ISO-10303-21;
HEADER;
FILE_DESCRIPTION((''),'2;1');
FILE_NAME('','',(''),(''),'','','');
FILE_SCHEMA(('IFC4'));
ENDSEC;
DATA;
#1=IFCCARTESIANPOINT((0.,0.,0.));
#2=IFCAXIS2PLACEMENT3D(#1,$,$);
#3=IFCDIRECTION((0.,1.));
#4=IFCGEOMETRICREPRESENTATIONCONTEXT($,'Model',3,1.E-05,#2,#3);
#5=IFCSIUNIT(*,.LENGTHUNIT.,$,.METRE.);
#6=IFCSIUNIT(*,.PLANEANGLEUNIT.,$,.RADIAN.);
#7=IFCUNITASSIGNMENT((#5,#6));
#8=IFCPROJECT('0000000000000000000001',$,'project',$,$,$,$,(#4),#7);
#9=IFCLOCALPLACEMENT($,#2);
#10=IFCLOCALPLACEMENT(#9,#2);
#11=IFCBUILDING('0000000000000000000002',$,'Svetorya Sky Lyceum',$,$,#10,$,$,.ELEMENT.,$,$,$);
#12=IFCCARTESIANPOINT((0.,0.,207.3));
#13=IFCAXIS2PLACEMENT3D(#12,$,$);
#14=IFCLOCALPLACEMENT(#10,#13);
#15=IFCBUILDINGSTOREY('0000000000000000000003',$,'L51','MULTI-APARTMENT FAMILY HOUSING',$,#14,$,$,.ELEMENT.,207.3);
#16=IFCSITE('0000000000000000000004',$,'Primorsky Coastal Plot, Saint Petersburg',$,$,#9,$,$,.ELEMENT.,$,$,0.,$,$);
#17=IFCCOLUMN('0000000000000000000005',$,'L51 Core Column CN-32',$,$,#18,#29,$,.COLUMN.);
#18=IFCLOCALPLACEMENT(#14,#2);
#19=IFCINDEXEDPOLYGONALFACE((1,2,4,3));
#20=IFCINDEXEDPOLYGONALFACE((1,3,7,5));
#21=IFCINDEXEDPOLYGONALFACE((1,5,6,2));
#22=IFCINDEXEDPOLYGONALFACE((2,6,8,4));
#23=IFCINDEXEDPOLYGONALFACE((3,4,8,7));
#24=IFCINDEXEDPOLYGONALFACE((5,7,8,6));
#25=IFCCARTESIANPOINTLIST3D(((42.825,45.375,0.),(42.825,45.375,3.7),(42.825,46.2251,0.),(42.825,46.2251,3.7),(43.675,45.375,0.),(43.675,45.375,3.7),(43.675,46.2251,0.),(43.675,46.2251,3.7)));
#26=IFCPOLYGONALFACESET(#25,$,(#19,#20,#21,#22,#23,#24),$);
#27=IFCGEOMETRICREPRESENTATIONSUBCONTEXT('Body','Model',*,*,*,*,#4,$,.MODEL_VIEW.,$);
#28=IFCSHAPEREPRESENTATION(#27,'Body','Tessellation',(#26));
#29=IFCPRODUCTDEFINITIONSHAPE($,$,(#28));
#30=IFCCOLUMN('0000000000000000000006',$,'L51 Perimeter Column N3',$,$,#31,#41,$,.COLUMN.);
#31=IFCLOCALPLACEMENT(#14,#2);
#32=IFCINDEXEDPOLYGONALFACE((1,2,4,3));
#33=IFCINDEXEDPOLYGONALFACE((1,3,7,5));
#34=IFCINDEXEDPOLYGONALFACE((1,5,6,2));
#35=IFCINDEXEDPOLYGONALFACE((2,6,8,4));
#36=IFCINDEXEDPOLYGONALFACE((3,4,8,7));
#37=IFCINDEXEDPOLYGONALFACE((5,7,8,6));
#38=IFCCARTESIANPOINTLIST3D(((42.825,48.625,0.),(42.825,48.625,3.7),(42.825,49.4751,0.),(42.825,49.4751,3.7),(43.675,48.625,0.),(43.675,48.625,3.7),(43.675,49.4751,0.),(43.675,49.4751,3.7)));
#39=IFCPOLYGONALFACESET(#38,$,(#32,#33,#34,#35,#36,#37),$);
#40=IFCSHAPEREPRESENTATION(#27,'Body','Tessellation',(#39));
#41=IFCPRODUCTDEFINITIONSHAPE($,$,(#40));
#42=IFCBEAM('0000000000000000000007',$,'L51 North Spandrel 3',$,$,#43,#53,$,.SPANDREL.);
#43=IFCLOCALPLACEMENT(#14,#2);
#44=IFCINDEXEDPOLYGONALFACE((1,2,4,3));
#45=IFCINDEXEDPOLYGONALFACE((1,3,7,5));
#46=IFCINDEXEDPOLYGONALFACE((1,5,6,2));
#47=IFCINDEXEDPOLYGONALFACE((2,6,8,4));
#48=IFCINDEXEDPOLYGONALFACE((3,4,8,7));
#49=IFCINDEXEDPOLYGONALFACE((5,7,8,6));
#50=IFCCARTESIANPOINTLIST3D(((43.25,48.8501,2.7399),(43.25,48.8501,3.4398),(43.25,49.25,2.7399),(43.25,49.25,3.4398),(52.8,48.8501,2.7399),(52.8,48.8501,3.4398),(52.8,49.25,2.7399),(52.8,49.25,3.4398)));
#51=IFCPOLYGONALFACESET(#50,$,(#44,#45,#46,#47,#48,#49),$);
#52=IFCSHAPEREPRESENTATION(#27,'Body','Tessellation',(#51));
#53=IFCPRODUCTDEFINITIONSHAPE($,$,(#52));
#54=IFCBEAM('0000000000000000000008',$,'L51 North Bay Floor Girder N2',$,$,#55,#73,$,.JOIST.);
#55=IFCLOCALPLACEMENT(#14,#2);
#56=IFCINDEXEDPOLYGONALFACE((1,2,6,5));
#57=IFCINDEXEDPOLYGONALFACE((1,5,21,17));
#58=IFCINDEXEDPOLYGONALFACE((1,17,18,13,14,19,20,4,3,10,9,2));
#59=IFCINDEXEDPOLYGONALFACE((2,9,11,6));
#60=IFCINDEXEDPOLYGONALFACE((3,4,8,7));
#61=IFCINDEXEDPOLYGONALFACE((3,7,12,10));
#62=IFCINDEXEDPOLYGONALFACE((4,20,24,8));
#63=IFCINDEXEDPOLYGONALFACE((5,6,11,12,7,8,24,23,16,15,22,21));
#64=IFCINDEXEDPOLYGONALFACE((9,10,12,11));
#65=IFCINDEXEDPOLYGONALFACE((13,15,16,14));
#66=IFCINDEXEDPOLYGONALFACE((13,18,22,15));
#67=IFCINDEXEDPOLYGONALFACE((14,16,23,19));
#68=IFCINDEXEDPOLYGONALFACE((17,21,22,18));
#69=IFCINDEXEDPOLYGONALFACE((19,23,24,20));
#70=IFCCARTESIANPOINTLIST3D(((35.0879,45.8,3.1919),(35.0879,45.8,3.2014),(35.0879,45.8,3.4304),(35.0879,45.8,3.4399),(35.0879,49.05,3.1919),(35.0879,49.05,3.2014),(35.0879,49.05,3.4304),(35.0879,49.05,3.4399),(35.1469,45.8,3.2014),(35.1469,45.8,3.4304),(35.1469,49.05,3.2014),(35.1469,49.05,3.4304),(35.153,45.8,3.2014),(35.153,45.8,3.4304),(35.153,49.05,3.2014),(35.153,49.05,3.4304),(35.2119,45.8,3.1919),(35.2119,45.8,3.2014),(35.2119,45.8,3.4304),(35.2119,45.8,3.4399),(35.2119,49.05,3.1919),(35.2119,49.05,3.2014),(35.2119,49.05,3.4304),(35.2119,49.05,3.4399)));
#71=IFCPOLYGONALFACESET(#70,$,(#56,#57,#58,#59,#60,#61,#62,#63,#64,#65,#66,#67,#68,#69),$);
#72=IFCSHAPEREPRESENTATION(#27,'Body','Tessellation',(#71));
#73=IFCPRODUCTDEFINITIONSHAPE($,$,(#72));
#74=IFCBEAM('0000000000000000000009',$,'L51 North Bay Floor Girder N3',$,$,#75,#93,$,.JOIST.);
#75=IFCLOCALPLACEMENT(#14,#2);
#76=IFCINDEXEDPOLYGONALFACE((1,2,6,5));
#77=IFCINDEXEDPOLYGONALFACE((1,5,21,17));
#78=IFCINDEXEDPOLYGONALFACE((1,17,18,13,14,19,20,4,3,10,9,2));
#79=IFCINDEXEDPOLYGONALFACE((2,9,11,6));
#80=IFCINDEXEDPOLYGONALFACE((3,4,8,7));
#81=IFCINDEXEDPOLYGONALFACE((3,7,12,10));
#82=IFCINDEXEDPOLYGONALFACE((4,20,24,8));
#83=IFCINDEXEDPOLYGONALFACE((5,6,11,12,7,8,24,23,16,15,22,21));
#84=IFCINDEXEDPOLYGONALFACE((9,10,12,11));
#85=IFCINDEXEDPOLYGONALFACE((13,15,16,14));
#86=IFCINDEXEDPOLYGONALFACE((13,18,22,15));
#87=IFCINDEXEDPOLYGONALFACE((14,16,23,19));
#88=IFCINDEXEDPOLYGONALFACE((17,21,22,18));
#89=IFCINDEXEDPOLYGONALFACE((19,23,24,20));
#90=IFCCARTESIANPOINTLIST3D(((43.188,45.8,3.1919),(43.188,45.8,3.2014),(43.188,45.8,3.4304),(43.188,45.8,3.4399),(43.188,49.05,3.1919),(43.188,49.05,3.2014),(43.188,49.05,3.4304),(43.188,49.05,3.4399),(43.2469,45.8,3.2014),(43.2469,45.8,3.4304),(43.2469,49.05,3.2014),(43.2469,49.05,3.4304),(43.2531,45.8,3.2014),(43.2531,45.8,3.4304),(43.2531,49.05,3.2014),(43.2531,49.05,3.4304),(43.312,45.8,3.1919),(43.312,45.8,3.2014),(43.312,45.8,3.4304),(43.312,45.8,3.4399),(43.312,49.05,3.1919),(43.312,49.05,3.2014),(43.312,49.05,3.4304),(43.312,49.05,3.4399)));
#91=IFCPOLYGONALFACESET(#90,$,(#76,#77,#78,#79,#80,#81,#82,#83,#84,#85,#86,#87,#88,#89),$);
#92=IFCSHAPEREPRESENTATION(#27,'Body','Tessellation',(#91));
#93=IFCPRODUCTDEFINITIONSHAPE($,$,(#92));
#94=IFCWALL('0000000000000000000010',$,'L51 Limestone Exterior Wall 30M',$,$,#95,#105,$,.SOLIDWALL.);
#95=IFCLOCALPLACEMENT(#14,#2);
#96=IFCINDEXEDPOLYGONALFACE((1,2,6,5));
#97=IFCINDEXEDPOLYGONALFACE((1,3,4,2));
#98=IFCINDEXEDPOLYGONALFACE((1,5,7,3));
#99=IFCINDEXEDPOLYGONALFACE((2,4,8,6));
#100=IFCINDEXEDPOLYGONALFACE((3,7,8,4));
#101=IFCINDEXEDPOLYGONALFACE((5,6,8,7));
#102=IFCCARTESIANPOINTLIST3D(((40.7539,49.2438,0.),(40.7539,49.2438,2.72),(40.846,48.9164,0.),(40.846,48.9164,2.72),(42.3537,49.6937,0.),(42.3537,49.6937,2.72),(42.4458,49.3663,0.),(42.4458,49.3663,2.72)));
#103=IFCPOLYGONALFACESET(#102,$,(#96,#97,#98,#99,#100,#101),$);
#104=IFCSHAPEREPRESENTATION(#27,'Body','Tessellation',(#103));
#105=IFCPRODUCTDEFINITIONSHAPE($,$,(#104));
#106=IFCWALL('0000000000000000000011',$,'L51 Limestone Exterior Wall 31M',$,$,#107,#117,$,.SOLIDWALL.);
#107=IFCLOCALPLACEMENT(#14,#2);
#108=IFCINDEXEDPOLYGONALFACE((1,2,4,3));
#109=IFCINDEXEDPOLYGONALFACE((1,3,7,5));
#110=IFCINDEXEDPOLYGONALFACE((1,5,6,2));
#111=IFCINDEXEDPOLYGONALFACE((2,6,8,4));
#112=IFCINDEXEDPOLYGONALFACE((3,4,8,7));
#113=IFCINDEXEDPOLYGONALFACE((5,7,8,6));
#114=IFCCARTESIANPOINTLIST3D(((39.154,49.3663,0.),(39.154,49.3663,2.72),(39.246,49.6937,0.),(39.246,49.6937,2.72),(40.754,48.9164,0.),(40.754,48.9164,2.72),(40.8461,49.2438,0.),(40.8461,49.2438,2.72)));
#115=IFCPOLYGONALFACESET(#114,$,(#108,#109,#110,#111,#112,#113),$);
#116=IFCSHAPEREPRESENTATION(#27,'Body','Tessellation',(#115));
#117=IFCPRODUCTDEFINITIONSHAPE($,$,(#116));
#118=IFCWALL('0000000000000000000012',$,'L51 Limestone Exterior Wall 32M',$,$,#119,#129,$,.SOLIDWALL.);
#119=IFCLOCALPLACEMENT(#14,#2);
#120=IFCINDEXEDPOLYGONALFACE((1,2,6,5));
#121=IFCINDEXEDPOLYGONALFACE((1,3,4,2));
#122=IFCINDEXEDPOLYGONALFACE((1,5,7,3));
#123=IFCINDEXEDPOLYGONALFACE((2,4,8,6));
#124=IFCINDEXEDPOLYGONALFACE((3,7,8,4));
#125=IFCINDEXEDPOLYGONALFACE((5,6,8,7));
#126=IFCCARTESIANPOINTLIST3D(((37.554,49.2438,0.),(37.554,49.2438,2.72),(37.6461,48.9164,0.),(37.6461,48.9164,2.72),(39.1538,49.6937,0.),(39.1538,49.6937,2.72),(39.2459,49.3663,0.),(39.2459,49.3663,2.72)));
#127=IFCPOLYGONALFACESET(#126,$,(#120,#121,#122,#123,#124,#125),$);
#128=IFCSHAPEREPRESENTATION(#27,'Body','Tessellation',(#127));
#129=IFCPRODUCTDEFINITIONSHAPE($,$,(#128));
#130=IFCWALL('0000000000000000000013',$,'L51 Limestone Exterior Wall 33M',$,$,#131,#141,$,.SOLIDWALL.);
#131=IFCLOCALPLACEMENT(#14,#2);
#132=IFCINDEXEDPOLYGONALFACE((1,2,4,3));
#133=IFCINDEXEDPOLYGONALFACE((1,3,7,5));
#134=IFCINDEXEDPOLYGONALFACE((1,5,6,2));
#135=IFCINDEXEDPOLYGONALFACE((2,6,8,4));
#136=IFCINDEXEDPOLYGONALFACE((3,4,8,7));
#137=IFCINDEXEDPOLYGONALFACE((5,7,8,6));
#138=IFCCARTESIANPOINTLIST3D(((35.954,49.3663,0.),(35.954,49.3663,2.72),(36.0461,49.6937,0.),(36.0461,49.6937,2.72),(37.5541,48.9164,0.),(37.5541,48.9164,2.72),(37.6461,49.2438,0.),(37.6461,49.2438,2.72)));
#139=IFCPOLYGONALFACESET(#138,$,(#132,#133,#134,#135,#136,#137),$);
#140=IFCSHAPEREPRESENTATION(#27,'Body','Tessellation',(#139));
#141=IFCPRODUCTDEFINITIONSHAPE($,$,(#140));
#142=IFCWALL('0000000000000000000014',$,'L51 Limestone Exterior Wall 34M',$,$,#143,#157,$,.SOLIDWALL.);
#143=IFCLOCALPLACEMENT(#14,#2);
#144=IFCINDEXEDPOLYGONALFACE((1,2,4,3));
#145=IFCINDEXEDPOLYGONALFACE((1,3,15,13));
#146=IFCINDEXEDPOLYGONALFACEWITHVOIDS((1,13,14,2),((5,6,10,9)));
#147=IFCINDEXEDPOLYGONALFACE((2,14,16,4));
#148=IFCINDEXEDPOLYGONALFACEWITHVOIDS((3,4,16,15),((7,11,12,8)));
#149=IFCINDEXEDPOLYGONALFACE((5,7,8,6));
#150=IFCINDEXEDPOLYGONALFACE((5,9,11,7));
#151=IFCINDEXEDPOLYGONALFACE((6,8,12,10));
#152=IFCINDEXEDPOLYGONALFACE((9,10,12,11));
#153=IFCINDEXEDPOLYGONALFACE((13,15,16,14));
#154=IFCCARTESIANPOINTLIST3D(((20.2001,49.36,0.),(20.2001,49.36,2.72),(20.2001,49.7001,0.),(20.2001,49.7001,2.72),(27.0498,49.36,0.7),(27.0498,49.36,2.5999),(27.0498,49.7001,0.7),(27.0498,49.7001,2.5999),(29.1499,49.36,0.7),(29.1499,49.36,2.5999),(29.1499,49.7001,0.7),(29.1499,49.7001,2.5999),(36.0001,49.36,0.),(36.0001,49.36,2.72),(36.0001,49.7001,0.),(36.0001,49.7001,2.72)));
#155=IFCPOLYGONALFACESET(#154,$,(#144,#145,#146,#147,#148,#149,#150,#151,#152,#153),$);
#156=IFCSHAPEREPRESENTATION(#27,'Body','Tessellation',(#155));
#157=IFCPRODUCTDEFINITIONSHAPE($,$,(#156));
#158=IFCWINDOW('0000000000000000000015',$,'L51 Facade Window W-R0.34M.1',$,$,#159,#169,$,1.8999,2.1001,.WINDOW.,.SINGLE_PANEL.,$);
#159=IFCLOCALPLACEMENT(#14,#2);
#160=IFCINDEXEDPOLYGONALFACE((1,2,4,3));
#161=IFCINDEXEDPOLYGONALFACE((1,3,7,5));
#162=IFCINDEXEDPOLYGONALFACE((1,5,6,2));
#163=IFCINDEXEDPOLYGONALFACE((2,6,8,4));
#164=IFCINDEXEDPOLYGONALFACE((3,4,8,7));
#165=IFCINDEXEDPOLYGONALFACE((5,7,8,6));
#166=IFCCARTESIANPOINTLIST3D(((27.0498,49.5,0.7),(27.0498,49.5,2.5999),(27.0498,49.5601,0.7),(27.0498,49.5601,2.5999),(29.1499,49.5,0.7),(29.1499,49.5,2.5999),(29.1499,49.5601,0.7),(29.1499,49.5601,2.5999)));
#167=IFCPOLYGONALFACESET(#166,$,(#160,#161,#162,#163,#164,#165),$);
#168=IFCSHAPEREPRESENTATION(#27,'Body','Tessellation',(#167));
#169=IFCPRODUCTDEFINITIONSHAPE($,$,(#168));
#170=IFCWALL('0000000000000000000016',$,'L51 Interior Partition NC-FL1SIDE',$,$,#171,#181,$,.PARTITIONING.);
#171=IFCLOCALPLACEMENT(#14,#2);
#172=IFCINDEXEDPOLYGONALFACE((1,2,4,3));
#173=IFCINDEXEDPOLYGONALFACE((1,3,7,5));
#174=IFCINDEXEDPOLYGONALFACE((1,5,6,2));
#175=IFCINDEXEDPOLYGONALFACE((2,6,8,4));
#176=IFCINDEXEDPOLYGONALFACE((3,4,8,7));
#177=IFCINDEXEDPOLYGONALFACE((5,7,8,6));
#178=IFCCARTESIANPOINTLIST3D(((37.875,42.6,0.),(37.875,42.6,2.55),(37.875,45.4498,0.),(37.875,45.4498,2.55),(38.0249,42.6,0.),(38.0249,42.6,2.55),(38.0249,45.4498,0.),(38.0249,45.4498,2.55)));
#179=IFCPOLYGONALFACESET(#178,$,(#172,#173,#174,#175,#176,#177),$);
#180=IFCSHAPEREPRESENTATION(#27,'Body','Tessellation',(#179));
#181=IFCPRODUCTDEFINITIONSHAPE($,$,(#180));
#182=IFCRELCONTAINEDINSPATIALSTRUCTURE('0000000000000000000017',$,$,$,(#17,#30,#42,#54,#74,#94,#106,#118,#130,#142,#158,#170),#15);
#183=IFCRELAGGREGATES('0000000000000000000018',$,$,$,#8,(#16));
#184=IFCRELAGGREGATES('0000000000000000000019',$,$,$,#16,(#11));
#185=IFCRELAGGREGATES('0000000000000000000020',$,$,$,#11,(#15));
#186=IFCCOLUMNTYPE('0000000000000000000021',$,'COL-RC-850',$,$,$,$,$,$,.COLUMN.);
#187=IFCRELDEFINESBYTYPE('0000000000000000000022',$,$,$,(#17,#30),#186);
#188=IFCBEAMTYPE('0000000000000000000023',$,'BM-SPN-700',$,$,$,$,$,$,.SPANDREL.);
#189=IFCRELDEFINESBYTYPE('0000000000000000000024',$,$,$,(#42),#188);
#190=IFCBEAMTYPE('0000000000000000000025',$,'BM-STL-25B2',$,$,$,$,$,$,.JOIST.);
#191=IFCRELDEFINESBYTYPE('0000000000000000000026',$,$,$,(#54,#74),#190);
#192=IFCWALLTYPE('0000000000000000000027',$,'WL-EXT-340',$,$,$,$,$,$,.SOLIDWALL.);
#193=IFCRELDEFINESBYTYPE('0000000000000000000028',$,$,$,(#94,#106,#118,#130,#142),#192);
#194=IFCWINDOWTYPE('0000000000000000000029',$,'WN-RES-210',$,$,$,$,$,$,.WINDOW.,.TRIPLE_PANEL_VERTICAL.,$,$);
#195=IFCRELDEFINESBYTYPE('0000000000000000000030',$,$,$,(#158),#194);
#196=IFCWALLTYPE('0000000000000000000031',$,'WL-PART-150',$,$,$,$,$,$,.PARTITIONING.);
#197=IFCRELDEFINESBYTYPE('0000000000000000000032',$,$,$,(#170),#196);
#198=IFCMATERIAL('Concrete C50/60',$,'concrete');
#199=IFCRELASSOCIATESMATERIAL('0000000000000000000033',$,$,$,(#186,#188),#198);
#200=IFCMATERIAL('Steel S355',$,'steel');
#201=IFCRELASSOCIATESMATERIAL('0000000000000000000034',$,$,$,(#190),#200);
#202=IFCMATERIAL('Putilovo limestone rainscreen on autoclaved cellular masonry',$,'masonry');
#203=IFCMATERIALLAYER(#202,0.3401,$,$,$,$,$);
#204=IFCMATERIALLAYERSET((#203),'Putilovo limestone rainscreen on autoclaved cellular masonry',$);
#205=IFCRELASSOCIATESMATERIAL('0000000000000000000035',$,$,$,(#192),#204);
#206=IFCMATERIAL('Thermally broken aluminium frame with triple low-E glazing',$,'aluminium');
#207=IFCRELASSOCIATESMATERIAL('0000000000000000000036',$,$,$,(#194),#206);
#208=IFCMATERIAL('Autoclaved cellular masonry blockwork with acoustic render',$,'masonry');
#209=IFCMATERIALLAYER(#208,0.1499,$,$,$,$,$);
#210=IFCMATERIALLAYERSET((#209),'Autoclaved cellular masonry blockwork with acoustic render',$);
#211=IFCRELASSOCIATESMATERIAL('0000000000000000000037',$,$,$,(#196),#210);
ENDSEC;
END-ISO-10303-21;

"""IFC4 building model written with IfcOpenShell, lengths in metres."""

from ifc_helpers import new_model, si_unit, direction, frame, frame_2d, origin, origin_2d, place, context, subcontext, project, spatial, rectangle, i_section, extrude, material, layer, layer_set, material_profile, profile_set, type_object, element, fill, save


model = new_model("IFC4")

# Units and contexts
model_context = context("Model", 3, precision=1e-05, world=origin(), true_north=direction((0.0, 1.0)))
body_context = subcontext(model_context, "Body", "Model", "MODEL_VIEW")
ifc_project = project(units=[si_unit("LENGTHUNIT", "METRE"), si_unit("PLANEANGLEUNIT", "RADIAN")], contexts=[model_context])

# Site, building, storey
site_placement = place(None, origin())
site = spatial("IfcSite", under=ifc_project, at=site_placement, Name="Primorsky Coastal Plot, Saint Petersburg", CompositionType="ELEMENT", RefElevation=0.0)
building_placement = place(site_placement, origin())
building = spatial("IfcBuilding", under=site, at=building_placement, Name="Svetorya Sky Lyceum", CompositionType="ELEMENT")
storey_placement = place(building_placement, frame((0.0, 0.0, 207.3)))
storey = spatial("IfcBuildingStorey", under=building, at=storey_placement, Name="L51", Description="MULTI-APARTMENT FAMILY HOUSING", CompositionType="ELEMENT", Elevation=207.3)

# Columns
ifc_material_1 = material(Name="Concrete C50/60", Category="concrete")
ifc_material_profile_1 = material_profile(ifc_material_1, rectangle(XDim=0.8501, YDim=0.8501, at=origin_2d()), Name="RC COL 850x850")
ifc_profile_set_1 = profile_set([ifc_material_profile_1], Name="Concrete C50/60")
column_type = type_object("IfcColumnType", Name="COL-RC-850", PredefinedType="COLUMN", material=ifc_profile_set_1)
for number, where, z_axis, x_axis, name in (
    (1, (43.25, 45.8, 0.0), (0.0, 0.0, 1.0), (1.0, 0.0, 0.0), "L51 Core Column CN-32"),
    (2, (43.25, 49.05, 0.0), (0.0, 0.0, 1.0), (1.0, 0.0, 0.0), "L51 Perimeter Column N3"),
):
    element("IfcColumn", number, at=place(storey_placement, frame(where, z_axis=z_axis, x_axis=x_axis)), inside=storey, type_object=column_type, Name=name, PredefinedType="COLUMN", context=body_context, shape_type="SweptSolid", body=[
        extrude(rectangle(XDim=0.8501, YDim=0.8501, at=origin_2d()), origin(), (0.0, 0.0, 1.0), 3.7),
    ])

# Beams
ifc_material_profile_2 = material_profile(ifc_material_1, rectangle(XDim=0.3999, YDim=0.7, at=origin_2d()), Name="RC SPANDREL 400x700")
ifc_profile_set_2 = profile_set([ifc_material_profile_2], Name="Concrete C50/60")
beam_type_1 = type_object("IfcBeamType", Name="BM-SPN-700", PredefinedType="SPANDREL", material=ifc_profile_set_2)
beam_placement = place(storey_placement, frame((43.25, 49.05, 3.0898), z_axis=(1.0, 0.0, 0.0), x_axis=(0.0, 1.0, 0.0)))
element("IfcBeam", 3, at=beam_placement, inside=storey, type_object=beam_type_1, Name="L51 North Spandrel 3", PredefinedType="SPANDREL", context=body_context, shape_type="SweptSolid", body=[
    extrude(rectangle(XDim=0.3999, YDim=0.7, at=origin_2d()), origin(), (0.0, 0.0, 1.0), 9.55),
])
ifc_material_2 = material(Name="Steel S355", Category="steel")
ifc_material_profile_3 = material_profile(ifc_material_2, i_section(OverallWidth=0.124, OverallDepth=0.248, WebThickness=0.0061, FlangeThickness=0.0095, at=origin_2d()), Name="GOST 25B2")
ifc_profile_set_3 = profile_set([ifc_material_profile_3], Name="Steel S355")
beam_type_2 = type_object("IfcBeamType", Name="BM-STL-25B2", PredefinedType="JOIST", material=ifc_profile_set_3)
for number, where, z_axis, x_axis, name in (
    (4, (35.1499, 45.8, 3.3159), (0.0, 1.0, 0.0), (-1.0, 0.0, 0.0), "L51 North Bay Floor Girder N2"),
    (5, (43.25, 45.8, 3.3159), (0.0, 1.0, 0.0), (-1.0, 0.0, 0.0), "L51 North Bay Floor Girder N3"),
):
    element("IfcBeam", number, at=place(storey_placement, frame(where, z_axis=z_axis, x_axis=x_axis)), inside=storey, type_object=beam_type_2, Name=name, PredefinedType="JOIST", context=body_context, shape_type="SweptSolid", body=[
        extrude(i_section(OverallWidth=0.124, OverallDepth=0.248, WebThickness=0.0061, FlangeThickness=0.0095, at=origin_2d()), origin(), (0.0, 0.0, 1.0), 3.25),
    ])

# Walls
ifc_material_3 = material(Name="Putilovo limestone rainscreen on autoclaved cellular masonry", Category="masonry")
ifc_layer_1 = layer(ifc_material_3, 0.3401)
ifc_layer_set_1 = layer_set([ifc_layer_1], Name="Putilovo limestone rainscreen on autoclaved cellular masonry")
wall_type_1 = type_object("IfcWallType", Name="WL-EXT-340", PredefinedType="SOLIDWALL", material=ifc_layer_set_1)
wall_1_placement = place(storey_placement, frame((42.3999, 49.53, 0.0), z_axis=(0.0, 0.0, 1.0), x_axis=(-0.962652, -0.270741, 0.0)))
element("IfcWall", 6, at=wall_1_placement, inside=storey, type_object=wall_type_1, Name="L51 Limestone Exterior Wall 30M", PredefinedType="SOLIDWALL", context=body_context, shape_type="SweptSolid", body=[
    extrude(rectangle(XDim=1.6619, YDim=0.3401, at=frame_2d((0.8311, 0.0))), origin(), (0.0, 0.0, 1.0), 2.72),
])
wall_2_placement = place(storey_placement, frame((40.8, 49.0801, 0.0), z_axis=(0.0, 0.0, 1.0), x_axis=(-0.962663, 0.270703, 0.0)))
element("IfcWall", 7, at=wall_2_placement, inside=storey, type_object=wall_type_1, Name="L51 Limestone Exterior Wall 31M", PredefinedType="SOLIDWALL", context=body_context, shape_type="SweptSolid", body=[
    extrude(rectangle(XDim=1.6621, YDim=0.3401, at=frame_2d((0.8311, 0.0))), origin(), (0.0, 0.0, 1.0), 2.72),
])
wall_3_placement = place(storey_placement, frame((39.2, 49.53, 0.0), z_axis=(0.0, 0.0, 1.0), x_axis=(-0.962652, -0.270741, 0.0)))
element("IfcWall", 8, at=wall_3_placement, inside=storey, type_object=wall_type_1, Name="L51 Limestone Exterior Wall 32M", PredefinedType="SOLIDWALL", context=body_context, shape_type="SweptSolid", body=[
    extrude(rectangle(XDim=1.6619, YDim=0.3401, at=frame_2d((0.8311, 0.0))), origin(), (0.0, 0.0, 1.0), 2.72),
])
wall_4_placement = place(storey_placement, frame((37.6001, 49.0801, 0.0), z_axis=(0.0, 0.0, 1.0), x_axis=(-0.962663, 0.270703, 0.0)))
element("IfcWall", 9, at=wall_4_placement, inside=storey, type_object=wall_type_1, Name="L51 Limestone Exterior Wall 33M", PredefinedType="SOLIDWALL", context=body_context, shape_type="SweptSolid", body=[
    extrude(rectangle(XDim=1.6621, YDim=0.3401, at=frame_2d((0.8311, 0.0))), origin(), (0.0, 0.0, 1.0), 2.72),
])

# Wall, opening, window
wall_5_placement = place(storey_placement, frame((36.0, 49.53, 0.0), z_axis=(0.0, 0.0, 1.0), x_axis=(-1.0, 0.0, 0.0)))
wall_5 = element("IfcWall", 10, at=wall_5_placement, inside=storey, type_object=wall_type_1, Name="L51 Limestone Exterior Wall 34M", PredefinedType="SOLIDWALL", context=body_context, shape_type="SweptSolid", body=[
    extrude(rectangle(XDim=15.8, YDim=0.3401, at=frame_2d((7.8999, 0.0))), origin(), (0.0, 0.0, 1.0), 2.72),
])
opening_1_placement = place(wall_5_placement, frame((6.8501, 0.0, 0.7)))
opening_1 = element("IfcOpeningElement", 11, at=opening_1_placement, cuts=wall_5, PredefinedType="OPENING", context=body_context, shape_type="SweptSolid", body=[
    extrude(rectangle(XDim=2.1001, YDim=1.8999, at=frame_2d((1.05, 0.95))), frame((0.0, 0.1799, 0.0), z_axis=(0.0, -1.0, 0.0), x_axis=(1.0, 0.0, 0.0)), (0.0, 0.0, 1.0), 0.3601),
])
ifc_material_4 = material(Name="Thermally broken aluminium frame with triple low-E glazing", Category="aluminium")
window_type = type_object("IfcWindowType", Name="WN-RES-210", PartitioningType="TRIPLE_PANEL_VERTICAL", PredefinedType="WINDOW", material=ifc_material_4)
window_placement = place(opening_1_placement, origin())
window = element("IfcWindow", 12, at=window_placement, inside=storey, type_object=window_type, Name="L51 Facade Window W-R0.34M.1", OverallHeight=1.8999, OverallWidth=2.1001, PartitioningType="SINGLE_PANEL", PredefinedType="WINDOW", context=body_context, shape_type="SweptSolid", body=[
    extrude(rectangle(XDim=2.1001, YDim=1.8999, at=frame_2d((1.05, 0.95))), frame((0.0, 0.03, 0.0), z_axis=(0.0, -1.0, 0.0), x_axis=(1.0, 0.0, 0.0)), (0.0, 0.0, 1.0), 0.0601),
])
fill(opening_1, window)

# Wall
ifc_material_5 = material(Name="Autoclaved cellular masonry blockwork with acoustic render", Category="masonry")
ifc_layer_2 = layer(ifc_material_5, 0.1499)
ifc_layer_set_2 = layer_set([ifc_layer_2], Name="Autoclaved cellular masonry blockwork with acoustic render")
wall_type_2 = type_object("IfcWallType", Name="WL-PART-150", PredefinedType="PARTITIONING", material=ifc_layer_set_2)
wall_6_placement = place(storey_placement, frame((37.95, 42.6001, 0.0), z_axis=(0.0, 0.0, 1.0), x_axis=(0.0, 1.0, 0.0)))
element("IfcWall", 13, at=wall_6_placement, inside=storey, type_object=wall_type_2, Name="L51 Interior Partition NC-FL1SIDE", PredefinedType="PARTITIONING", context=body_context, shape_type="SweptSolid", body=[
    extrude(rectangle(XDim=2.8499, YDim=0.1499, at=frame_2d((1.4248, 0.0))), origin(), (0.0, 0.0, 1.0), 2.55),
])

save(model, "model.ifc")
